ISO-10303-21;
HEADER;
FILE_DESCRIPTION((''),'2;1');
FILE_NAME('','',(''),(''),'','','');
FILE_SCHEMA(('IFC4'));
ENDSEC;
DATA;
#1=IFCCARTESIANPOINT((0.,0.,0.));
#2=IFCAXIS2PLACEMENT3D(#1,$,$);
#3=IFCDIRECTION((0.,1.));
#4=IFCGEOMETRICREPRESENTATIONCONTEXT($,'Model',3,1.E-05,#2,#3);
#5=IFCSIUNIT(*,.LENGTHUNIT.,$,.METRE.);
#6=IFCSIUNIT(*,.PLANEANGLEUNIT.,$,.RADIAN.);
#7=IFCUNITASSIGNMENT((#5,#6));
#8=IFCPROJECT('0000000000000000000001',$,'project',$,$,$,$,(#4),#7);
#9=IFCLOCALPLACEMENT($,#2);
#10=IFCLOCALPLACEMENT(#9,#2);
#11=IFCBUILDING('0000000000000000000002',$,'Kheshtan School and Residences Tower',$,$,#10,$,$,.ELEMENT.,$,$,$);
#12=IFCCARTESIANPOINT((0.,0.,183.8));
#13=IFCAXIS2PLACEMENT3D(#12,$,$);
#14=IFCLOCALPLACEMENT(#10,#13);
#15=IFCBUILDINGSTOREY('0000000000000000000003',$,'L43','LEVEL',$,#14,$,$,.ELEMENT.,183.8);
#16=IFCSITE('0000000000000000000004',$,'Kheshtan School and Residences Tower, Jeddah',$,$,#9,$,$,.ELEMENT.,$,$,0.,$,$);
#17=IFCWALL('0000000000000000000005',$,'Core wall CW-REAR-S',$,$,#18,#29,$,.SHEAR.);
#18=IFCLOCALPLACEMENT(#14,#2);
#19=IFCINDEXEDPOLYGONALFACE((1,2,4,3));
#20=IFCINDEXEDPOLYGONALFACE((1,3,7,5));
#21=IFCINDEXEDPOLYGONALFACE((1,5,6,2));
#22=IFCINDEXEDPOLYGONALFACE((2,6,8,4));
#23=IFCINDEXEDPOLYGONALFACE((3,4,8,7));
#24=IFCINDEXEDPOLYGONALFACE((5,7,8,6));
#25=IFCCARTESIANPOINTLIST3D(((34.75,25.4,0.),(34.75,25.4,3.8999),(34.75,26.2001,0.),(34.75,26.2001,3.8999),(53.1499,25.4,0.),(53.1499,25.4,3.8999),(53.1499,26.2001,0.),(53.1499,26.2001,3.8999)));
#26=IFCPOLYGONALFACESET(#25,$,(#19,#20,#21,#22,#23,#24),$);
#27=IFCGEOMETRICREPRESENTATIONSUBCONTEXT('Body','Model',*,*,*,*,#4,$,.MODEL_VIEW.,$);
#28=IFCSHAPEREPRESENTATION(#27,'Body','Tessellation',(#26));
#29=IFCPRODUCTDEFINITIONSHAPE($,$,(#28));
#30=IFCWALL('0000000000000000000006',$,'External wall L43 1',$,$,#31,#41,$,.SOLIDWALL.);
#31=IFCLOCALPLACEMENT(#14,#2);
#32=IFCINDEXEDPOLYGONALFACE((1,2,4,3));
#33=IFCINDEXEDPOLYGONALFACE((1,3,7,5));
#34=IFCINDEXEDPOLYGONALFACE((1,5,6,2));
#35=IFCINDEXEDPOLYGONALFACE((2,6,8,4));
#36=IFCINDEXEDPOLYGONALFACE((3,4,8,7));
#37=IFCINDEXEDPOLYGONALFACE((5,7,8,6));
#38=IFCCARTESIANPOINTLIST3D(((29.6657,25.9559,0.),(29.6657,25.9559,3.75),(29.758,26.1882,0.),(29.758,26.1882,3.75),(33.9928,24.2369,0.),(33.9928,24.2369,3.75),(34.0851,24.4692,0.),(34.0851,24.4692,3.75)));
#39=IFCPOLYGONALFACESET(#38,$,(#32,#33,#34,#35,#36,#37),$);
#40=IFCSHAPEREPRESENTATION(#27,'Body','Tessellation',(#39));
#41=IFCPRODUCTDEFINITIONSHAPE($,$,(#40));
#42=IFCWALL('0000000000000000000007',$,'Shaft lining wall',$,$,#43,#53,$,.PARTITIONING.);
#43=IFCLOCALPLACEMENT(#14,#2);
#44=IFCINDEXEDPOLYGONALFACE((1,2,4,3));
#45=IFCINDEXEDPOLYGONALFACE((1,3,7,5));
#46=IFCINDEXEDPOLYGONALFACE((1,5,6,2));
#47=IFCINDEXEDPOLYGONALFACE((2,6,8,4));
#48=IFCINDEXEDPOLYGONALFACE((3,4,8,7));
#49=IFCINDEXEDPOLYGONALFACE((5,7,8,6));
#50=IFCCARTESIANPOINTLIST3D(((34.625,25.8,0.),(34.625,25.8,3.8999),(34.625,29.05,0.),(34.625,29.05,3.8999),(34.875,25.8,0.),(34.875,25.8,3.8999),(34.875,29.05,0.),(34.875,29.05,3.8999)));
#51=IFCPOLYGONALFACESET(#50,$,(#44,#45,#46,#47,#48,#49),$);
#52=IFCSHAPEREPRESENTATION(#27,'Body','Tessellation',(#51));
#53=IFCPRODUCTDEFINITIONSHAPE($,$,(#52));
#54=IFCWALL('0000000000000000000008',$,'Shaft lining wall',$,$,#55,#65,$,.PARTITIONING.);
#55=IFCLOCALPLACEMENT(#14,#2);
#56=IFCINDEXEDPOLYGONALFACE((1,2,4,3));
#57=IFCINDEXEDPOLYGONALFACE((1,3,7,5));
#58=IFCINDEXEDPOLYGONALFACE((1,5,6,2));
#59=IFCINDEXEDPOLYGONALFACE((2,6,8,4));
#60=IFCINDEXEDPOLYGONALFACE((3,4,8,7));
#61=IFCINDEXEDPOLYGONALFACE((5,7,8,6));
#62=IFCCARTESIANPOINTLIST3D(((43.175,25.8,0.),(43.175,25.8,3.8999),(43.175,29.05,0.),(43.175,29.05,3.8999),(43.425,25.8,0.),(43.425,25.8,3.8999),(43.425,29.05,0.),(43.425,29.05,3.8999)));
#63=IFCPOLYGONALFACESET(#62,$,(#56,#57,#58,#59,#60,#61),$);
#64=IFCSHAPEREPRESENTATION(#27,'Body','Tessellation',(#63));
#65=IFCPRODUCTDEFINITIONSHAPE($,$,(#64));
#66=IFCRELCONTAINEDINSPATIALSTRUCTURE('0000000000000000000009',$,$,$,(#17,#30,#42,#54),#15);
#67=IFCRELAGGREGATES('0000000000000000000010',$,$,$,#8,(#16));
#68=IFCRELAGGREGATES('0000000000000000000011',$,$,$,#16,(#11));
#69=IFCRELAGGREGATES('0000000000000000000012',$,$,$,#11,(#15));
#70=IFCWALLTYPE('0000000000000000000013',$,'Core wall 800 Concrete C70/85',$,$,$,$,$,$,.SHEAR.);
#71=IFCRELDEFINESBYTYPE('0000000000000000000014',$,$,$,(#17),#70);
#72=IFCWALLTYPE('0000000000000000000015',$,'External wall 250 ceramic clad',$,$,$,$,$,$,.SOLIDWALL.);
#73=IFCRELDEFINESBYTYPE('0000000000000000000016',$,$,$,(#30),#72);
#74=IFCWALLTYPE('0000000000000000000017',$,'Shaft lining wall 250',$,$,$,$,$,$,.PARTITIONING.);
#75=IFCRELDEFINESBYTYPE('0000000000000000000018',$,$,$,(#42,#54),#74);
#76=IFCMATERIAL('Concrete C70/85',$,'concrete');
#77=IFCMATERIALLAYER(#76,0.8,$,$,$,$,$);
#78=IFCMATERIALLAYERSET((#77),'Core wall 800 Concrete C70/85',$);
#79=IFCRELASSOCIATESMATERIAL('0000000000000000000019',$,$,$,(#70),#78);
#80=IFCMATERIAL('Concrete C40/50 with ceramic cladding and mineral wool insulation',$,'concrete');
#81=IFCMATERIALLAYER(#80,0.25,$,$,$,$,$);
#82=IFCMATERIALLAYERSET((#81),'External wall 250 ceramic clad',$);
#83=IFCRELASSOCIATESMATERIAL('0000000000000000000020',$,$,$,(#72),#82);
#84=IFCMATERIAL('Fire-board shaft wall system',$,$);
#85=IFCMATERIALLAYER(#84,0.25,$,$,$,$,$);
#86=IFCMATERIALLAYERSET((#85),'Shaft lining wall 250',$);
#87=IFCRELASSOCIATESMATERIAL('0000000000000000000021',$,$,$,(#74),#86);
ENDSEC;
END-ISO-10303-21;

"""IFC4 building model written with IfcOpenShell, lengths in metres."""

from ifc_helpers import new_model, si_unit, direction, frame, frame_2d, origin, place, context, subcontext, project, spatial, rectangle, extrude, material, layer, layer_set, type_object, element, save


model = new_model("IFC4")

# Units and contexts
model_context = context("Model", 3, precision=1e-05, world=origin(), true_north=direction((0.0, 1.0)))
body_context = subcontext(model_context, "Body", "Model", "MODEL_VIEW")
ifc_project = project(units=[si_unit("LENGTHUNIT", "METRE"), si_unit("PLANEANGLEUNIT", "RADIAN")], contexts=[model_context])

# Site, building, storey
site_placement = place(None, origin())
site = spatial("IfcSite", under=ifc_project, at=site_placement, Name="Kheshtan School and Residences Tower, Jeddah", CompositionType="ELEMENT", RefElevation=0.0)
building_placement = place(site_placement, origin())
building = spatial("IfcBuilding", under=site, at=building_placement, Name="Kheshtan School and Residences Tower", CompositionType="ELEMENT")
storey_placement = place(building_placement, frame((0.0, 0.0, 183.8)))
storey = spatial("IfcBuildingStorey", under=building, at=storey_placement, Name="L43", Description="LEVEL", CompositionType="ELEMENT", Elevation=183.8)

# Walls
ifc_material_1 = material(Name="Concrete C70/85", Category="concrete")
ifc_layer_1 = layer(ifc_material_1, 0.8)
ifc_layer_set_1 = layer_set([ifc_layer_1], Name="Core wall 800 Concrete C70/85")
wall_type_1 = type_object("IfcWallType", Name="Core wall 800 Concrete C70/85", PredefinedType="SHEAR", material=ifc_layer_set_1)
wall_1_placement = place(storey_placement, frame((34.75, 25.8, 0.0), z_axis=(0.0, 0.0, 1.0), x_axis=(1.0, 0.0, 0.0)))
element("IfcWall", 1, at=wall_1_placement, inside=storey, type_object=wall_type_1, Name="Core wall CW-REAR-S", PredefinedType="SHEAR", context=body_context, shape_type="SweptSolid", body=[
    extrude(rectangle(XDim=18.3999, YDim=0.8, at=frame_2d((9.2, 0.0))), origin(), (0.0, 0.0, 1.0), 3.8999),
])
ifc_material_2 = material(Name="Concrete C40/50 with ceramic cladding and mineral wool insulation", Category="concrete")
ifc_layer_2 = layer(ifc_material_2, 0.25)
ifc_layer_set_2 = layer_set([ifc_layer_2], Name="External wall 250 ceramic clad")
wall_type_2 = type_object("IfcWallType", Name="External wall 250 ceramic clad", PredefinedType="SOLIDWALL", material=ifc_layer_set_2)
wall_2_placement = place(storey_placement, frame((34.0391, 24.353, 0.0), z_axis=(0.0, 0.0, 1.0), x_axis=(-0.929353, 0.369193, 0.0)))
element("IfcWall", 2, at=wall_2_placement, inside=storey, type_object=wall_type_2, Name="External wall L43 1", PredefinedType="SOLIDWALL", context=body_context, shape_type="SweptSolid", body=[
    extrude(rectangle(XDim=4.656, YDim=0.25, at=frame_2d((2.3281, 0.0))), origin(), (0.0, 0.0, 1.0), 3.75),
])
ifc_material_3 = material(Name="Fire-board shaft wall system")
ifc_layer_3 = layer(ifc_material_3, 0.25)
ifc_layer_set_3 = layer_set([ifc_layer_3], Name="Shaft lining wall 250")
wall_type_3 = type_object("IfcWallType", Name="Shaft lining wall 250", PredefinedType="PARTITIONING", material=ifc_layer_set_3)
for number, where, z_axis, x_axis, name in (
    (3, (34.75, 25.8, 0.0), (0.0, 0.0, 1.0), (0.0, 1.0, 0.0), "Shaft lining wall"),
    (4, (43.3, 25.8, 0.0), (0.0, 0.0, 1.0), (0.0, 1.0, 0.0), "Shaft lining wall"),
):
    element("IfcWall", number, at=place(storey_placement, frame(where, z_axis=z_axis, x_axis=x_axis)), inside=storey, type_object=wall_type_3, Name=name, PredefinedType="PARTITIONING", context=body_context, shape_type="SweptSolid", body=[
        extrude(rectangle(XDim=3.25, YDim=0.25, at=frame_2d((1.625, 0.0))), origin(), (0.0, 0.0, 1.0), 3.8999),
    ])

save(model, "model.ifc")
